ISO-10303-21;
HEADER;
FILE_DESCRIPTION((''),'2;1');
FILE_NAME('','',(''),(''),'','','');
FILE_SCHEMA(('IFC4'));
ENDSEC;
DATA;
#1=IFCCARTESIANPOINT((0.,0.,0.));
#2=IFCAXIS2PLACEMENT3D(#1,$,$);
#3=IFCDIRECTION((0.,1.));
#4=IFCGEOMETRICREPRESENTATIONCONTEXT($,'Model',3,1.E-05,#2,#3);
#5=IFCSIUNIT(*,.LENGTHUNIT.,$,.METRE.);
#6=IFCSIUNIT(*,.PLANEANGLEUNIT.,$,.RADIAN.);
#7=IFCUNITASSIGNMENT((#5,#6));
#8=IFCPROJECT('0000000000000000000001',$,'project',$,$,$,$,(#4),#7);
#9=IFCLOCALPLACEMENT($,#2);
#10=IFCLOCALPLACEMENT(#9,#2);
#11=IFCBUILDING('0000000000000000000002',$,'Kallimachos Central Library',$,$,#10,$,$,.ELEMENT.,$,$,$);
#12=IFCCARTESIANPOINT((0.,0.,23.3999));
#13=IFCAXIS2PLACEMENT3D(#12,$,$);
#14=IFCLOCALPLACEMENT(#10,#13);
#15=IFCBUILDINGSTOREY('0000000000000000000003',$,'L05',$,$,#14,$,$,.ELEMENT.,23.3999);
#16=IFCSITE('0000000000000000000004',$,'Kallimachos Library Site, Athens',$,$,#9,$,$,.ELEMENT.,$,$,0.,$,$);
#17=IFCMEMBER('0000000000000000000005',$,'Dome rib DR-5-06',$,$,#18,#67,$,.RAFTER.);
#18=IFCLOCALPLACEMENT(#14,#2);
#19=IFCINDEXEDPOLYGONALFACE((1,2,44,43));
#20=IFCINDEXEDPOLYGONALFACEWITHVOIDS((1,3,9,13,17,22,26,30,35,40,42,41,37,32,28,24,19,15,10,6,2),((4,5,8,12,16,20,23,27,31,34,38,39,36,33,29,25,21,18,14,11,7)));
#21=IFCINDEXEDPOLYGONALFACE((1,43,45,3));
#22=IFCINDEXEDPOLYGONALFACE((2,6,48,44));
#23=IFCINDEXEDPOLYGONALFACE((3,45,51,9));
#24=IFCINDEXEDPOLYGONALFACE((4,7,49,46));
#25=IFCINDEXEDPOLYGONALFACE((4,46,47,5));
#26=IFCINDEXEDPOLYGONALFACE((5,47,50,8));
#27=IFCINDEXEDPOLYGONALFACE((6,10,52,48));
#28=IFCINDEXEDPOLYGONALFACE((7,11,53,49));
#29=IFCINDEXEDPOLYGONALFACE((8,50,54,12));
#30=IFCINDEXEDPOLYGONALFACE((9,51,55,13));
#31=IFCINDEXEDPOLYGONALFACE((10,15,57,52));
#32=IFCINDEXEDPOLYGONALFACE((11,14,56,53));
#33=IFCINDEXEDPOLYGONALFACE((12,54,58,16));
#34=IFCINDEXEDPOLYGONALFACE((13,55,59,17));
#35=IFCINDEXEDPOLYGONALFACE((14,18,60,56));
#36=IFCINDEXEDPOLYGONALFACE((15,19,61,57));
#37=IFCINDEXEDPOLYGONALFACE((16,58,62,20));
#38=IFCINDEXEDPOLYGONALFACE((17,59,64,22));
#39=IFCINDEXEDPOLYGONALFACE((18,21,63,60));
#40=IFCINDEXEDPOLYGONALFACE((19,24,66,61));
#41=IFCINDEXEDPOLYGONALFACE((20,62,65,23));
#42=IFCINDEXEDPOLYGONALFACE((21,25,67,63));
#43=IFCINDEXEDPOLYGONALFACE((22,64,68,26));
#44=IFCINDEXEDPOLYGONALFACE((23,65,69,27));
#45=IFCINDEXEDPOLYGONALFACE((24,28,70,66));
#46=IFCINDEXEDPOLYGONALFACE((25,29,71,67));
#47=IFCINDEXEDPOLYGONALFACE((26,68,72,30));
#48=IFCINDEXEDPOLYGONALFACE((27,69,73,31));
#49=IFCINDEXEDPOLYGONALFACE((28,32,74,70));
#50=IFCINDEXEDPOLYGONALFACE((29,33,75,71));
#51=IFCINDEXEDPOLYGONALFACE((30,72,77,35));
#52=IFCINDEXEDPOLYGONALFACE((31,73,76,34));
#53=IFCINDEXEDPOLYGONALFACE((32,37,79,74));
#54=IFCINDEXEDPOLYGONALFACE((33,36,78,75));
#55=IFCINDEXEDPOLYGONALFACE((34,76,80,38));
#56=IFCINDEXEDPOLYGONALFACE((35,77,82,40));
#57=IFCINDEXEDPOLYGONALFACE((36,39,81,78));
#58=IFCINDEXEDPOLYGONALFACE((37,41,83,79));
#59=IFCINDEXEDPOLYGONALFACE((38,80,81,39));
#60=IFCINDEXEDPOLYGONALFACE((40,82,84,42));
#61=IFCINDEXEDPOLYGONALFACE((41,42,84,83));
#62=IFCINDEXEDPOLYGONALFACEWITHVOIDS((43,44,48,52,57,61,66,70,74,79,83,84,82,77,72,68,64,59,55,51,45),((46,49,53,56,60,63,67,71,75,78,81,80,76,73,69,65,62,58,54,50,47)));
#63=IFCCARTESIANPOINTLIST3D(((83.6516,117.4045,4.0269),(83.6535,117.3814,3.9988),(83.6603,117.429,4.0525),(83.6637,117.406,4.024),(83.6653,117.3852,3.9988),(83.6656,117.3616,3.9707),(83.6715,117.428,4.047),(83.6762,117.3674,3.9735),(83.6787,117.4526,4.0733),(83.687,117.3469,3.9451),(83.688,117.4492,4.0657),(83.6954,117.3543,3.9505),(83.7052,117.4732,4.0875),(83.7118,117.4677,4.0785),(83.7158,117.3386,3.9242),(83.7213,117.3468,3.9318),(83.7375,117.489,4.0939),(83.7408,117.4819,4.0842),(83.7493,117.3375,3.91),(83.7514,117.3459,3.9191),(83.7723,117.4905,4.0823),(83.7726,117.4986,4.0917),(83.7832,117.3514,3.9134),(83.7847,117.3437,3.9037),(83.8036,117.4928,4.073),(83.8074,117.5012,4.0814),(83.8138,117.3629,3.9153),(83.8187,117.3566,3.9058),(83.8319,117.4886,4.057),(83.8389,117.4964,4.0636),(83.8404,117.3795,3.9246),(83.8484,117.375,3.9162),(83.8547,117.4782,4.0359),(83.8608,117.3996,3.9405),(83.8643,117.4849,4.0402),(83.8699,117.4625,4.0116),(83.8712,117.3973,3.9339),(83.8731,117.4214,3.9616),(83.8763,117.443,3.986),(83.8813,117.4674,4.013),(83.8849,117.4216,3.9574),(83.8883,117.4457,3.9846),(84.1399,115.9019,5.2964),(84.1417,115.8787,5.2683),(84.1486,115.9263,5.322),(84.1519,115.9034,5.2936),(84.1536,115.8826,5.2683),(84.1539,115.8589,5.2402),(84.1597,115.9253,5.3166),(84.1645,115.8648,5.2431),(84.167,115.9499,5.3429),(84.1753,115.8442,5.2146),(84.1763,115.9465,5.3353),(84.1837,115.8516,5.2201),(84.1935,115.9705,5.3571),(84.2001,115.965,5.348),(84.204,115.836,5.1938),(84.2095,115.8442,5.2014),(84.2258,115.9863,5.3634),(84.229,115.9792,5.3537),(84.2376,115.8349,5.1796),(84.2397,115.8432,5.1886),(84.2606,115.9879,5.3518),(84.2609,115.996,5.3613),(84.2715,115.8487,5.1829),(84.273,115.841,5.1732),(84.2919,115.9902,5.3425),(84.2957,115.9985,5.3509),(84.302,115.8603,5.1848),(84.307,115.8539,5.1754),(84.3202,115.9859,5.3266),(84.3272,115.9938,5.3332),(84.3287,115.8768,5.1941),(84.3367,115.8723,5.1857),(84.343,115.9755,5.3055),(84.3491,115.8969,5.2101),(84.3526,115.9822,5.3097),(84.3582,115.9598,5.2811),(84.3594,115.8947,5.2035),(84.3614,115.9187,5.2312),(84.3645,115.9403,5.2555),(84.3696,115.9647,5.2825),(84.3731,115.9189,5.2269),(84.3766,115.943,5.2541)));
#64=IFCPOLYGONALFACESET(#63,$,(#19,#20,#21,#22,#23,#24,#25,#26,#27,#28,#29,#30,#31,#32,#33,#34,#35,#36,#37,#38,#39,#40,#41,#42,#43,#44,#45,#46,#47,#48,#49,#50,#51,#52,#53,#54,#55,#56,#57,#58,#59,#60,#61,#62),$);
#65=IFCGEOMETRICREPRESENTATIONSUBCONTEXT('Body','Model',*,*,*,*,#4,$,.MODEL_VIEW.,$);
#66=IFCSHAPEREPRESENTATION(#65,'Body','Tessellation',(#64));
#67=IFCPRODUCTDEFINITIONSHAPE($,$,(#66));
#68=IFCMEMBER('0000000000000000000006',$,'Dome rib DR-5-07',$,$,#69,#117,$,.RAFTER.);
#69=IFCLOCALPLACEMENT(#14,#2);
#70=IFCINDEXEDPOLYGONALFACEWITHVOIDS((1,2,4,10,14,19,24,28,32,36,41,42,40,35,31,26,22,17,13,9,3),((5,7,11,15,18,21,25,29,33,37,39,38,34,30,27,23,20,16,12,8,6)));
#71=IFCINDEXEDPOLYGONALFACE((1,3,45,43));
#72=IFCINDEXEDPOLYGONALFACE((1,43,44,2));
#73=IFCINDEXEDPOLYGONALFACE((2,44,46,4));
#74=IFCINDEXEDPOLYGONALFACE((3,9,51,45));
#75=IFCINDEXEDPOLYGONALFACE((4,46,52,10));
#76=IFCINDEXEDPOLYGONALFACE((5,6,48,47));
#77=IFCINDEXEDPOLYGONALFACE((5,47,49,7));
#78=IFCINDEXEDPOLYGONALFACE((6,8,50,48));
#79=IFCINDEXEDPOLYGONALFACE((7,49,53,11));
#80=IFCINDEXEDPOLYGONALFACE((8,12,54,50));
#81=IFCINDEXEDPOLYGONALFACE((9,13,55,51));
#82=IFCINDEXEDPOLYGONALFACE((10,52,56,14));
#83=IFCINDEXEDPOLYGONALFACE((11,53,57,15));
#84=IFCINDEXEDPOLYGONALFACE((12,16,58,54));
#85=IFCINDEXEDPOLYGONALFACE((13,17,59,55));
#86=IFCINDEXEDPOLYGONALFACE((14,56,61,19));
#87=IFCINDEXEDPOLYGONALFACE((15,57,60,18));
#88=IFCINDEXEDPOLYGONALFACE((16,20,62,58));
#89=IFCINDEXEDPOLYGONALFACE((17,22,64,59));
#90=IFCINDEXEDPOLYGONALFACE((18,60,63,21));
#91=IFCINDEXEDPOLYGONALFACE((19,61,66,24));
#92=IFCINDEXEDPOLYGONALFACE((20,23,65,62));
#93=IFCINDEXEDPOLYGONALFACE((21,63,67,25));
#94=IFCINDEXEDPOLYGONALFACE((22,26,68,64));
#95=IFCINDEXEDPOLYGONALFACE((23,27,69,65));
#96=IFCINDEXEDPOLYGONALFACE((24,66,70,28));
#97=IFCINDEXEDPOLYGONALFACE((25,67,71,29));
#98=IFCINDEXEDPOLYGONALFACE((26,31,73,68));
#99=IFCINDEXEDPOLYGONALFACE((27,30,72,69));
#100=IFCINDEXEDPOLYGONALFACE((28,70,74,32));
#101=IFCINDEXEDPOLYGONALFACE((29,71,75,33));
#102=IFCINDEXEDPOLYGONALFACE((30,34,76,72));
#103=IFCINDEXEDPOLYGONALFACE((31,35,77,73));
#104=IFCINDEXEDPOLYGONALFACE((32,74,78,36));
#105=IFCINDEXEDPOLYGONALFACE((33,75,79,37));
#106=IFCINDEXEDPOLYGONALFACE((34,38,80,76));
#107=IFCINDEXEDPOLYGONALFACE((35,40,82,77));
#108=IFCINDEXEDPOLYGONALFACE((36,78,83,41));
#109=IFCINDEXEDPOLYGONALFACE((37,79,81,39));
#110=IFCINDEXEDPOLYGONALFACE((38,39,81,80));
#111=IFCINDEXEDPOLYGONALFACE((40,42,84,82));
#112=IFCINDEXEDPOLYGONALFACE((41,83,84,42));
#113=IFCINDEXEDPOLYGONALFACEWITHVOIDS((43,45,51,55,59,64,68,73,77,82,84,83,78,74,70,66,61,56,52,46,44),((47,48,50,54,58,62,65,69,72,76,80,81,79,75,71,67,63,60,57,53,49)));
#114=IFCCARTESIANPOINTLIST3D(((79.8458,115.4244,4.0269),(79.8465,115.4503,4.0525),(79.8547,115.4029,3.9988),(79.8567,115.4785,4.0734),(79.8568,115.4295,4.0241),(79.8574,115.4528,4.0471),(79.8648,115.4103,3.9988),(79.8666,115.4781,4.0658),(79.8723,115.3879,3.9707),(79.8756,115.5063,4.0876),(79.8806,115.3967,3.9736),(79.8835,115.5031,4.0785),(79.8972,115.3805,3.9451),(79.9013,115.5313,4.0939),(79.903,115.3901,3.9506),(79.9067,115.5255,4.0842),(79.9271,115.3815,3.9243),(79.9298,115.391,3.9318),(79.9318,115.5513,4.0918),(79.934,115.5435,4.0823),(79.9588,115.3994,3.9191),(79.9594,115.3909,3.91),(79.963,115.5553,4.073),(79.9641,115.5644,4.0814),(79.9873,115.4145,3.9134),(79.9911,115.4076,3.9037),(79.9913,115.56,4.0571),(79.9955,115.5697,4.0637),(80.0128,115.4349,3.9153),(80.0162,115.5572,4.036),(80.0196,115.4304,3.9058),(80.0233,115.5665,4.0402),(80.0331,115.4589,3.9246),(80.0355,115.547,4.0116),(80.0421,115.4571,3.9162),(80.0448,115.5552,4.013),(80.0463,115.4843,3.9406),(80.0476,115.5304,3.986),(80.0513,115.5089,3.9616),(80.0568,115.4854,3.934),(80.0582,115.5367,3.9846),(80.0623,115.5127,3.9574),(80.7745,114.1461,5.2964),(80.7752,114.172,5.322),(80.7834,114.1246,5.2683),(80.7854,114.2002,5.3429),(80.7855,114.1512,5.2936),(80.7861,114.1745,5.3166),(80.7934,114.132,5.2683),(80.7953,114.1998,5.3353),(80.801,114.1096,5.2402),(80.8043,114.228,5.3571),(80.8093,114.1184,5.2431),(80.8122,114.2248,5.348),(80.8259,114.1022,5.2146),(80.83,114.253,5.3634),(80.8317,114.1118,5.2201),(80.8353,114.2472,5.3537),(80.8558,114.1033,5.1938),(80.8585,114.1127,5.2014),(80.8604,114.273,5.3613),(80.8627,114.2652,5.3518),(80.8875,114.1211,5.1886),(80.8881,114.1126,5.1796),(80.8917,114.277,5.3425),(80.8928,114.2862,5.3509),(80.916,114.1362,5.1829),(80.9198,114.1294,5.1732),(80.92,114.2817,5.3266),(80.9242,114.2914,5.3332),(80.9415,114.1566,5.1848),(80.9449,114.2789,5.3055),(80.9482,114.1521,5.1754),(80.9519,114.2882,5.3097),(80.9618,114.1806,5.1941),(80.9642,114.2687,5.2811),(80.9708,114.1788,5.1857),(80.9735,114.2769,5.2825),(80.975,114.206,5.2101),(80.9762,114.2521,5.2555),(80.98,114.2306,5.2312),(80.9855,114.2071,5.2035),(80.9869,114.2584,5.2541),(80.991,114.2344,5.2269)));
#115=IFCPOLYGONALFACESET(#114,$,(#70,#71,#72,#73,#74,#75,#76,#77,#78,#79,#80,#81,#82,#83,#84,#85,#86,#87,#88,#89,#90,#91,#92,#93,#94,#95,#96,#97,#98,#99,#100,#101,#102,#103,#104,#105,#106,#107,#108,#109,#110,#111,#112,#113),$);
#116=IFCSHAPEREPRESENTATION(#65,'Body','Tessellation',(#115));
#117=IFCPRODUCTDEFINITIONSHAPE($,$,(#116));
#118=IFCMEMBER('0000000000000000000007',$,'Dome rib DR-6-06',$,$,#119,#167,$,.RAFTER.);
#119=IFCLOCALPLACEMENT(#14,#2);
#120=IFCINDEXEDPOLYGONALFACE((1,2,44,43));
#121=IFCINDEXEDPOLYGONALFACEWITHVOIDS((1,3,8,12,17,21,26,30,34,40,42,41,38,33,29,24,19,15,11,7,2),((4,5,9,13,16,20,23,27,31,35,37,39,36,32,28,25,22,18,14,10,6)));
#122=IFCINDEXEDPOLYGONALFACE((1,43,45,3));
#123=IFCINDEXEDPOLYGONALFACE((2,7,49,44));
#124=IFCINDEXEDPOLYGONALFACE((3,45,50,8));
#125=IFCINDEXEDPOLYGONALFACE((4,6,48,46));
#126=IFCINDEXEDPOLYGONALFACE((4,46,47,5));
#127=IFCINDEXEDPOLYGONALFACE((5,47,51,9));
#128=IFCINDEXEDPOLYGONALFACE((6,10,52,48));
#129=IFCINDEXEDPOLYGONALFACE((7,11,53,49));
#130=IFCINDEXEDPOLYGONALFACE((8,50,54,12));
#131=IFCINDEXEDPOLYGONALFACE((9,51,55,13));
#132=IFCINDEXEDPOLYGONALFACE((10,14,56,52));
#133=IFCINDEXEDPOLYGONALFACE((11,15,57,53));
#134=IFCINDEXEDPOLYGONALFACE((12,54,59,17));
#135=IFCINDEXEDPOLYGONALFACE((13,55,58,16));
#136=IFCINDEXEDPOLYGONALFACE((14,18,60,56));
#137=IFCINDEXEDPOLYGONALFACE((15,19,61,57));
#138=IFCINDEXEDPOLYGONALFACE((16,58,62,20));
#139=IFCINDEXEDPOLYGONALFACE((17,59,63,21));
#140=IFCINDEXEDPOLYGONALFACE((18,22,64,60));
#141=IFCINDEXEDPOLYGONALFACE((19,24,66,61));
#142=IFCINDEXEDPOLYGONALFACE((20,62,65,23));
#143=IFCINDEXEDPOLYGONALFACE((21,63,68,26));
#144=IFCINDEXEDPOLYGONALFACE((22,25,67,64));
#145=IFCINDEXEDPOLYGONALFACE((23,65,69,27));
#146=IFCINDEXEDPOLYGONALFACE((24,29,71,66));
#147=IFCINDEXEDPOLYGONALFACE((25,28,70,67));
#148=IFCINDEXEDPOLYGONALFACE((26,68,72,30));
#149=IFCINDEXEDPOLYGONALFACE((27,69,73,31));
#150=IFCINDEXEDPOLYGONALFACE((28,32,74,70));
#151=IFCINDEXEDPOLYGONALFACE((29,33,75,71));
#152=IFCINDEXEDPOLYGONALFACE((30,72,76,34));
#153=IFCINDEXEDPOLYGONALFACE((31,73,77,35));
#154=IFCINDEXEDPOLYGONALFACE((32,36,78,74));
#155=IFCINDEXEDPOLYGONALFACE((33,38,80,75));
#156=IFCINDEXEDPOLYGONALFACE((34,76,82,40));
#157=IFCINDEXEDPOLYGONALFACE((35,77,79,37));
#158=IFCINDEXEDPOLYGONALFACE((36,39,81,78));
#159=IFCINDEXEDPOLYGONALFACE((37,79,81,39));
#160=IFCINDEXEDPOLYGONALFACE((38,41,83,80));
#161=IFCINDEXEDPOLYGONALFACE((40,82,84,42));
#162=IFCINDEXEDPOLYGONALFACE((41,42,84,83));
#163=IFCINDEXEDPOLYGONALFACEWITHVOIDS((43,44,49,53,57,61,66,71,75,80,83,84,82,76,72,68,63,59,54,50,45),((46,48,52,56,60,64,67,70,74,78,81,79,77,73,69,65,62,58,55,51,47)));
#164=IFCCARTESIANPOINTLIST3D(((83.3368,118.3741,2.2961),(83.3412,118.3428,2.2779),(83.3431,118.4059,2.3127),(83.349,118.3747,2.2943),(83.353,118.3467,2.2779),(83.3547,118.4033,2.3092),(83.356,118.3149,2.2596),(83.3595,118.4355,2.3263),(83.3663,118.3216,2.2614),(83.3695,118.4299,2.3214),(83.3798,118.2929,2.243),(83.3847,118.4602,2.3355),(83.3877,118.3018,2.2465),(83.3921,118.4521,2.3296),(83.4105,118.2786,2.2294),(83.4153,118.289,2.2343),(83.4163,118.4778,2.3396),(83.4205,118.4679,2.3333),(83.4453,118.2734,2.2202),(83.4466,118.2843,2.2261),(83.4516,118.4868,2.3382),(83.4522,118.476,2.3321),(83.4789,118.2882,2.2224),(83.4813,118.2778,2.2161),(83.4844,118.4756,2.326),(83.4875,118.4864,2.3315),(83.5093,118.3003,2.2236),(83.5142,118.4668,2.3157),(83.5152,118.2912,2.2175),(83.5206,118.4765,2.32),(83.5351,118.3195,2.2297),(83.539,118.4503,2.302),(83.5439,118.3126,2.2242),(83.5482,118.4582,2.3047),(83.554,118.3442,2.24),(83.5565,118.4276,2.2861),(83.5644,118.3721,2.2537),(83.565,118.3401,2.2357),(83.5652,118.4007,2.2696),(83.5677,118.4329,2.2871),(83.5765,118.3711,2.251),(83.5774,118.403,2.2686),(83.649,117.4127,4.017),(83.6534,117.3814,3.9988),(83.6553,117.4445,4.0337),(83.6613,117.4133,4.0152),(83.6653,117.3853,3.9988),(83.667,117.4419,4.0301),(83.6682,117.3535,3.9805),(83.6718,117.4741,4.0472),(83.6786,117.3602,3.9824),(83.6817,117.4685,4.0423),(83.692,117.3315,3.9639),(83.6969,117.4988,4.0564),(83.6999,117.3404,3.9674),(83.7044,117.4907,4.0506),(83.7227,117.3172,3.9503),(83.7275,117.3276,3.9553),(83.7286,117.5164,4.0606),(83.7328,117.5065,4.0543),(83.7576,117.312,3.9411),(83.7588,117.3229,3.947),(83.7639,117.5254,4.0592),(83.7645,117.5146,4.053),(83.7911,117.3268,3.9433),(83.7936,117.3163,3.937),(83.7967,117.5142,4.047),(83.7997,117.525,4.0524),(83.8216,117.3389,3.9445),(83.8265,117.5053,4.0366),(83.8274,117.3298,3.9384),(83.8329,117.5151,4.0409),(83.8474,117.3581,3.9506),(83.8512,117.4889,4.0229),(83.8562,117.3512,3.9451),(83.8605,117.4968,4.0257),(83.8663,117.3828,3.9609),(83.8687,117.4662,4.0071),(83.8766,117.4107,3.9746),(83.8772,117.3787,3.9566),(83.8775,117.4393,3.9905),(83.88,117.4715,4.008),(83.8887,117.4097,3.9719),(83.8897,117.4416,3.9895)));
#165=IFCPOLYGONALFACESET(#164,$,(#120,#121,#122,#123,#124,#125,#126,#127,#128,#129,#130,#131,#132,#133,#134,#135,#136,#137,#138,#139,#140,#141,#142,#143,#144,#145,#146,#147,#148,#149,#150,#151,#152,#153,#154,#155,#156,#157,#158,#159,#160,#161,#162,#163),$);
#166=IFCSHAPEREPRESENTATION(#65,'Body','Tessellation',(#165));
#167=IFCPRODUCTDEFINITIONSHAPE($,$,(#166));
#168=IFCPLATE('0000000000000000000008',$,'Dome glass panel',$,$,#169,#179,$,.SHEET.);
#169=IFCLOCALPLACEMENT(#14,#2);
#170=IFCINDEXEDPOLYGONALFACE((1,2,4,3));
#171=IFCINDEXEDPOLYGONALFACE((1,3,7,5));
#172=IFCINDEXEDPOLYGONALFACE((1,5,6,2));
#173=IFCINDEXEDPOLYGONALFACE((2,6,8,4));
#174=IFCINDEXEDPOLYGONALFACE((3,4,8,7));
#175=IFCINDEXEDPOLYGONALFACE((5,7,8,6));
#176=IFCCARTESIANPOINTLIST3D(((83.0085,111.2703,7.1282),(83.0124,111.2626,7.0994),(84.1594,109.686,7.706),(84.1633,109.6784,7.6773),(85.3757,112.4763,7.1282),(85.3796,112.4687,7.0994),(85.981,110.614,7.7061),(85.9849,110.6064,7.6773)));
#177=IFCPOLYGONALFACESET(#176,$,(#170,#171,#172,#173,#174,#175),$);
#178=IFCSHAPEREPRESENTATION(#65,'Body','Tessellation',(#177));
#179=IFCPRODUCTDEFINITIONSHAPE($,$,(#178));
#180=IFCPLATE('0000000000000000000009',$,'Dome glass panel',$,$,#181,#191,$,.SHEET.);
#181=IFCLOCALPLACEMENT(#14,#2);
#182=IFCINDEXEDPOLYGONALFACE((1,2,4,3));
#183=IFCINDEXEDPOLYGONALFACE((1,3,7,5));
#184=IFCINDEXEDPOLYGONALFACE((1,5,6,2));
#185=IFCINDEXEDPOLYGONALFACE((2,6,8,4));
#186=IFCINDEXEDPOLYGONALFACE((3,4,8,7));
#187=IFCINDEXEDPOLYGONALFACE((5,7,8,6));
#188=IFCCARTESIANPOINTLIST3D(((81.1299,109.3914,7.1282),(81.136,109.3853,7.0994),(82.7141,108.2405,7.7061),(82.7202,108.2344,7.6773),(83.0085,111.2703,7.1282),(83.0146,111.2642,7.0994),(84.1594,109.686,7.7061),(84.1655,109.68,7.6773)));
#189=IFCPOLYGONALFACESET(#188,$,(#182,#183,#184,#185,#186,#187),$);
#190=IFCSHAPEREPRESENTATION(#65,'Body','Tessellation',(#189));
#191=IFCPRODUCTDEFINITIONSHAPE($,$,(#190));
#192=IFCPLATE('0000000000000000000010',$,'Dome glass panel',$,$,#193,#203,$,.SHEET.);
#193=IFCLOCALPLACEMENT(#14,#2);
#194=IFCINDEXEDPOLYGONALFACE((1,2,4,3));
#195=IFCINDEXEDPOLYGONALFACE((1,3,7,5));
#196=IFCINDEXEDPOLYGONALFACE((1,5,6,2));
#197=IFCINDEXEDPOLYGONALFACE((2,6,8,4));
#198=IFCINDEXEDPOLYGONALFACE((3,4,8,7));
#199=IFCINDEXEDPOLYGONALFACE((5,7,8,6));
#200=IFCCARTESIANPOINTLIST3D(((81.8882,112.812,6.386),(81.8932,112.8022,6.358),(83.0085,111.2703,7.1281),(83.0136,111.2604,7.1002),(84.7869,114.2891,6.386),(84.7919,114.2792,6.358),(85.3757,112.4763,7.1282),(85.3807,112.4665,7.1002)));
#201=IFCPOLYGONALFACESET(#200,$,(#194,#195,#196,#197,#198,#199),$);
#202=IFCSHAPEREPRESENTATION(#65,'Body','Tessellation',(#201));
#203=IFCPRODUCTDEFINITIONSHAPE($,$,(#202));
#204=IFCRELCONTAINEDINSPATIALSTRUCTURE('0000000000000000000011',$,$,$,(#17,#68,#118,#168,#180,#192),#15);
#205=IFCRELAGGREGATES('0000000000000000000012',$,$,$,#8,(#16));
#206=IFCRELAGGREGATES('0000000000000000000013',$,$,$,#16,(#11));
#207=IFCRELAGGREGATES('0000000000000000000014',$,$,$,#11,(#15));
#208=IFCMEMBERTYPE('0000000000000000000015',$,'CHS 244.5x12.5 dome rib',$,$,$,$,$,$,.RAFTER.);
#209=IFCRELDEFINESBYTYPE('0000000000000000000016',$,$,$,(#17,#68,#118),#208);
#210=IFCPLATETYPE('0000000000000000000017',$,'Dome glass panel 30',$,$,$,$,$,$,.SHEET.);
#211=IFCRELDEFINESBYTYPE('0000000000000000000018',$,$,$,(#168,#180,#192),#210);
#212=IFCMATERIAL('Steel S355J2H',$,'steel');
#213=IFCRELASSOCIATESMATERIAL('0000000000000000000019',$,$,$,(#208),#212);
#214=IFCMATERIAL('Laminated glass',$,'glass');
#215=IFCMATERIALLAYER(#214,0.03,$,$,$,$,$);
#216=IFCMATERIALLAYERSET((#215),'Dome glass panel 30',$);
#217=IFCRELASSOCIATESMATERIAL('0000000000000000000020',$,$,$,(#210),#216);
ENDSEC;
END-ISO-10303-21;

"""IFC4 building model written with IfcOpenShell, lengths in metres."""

from ifc_helpers import new_model, si_unit, direction, frame, origin, origin_2d, place, context, subcontext, project, spatial, polyline, hollow_circle, outline, extrude, material, layer, layer_set, material_profile, profile_set, type_object, element, save


model = new_model("IFC4")

# Units and contexts
model_context = context("Model", 3, precision=1e-05, world=origin(), true_north=direction((0.0, 1.0)))
body_context = subcontext(model_context, "Body", "Model", "MODEL_VIEW")
ifc_project = project(units=[si_unit("LENGTHUNIT", "METRE"), si_unit("PLANEANGLEUNIT", "RADIAN")], contexts=[model_context])

# Site, building, storey
site_placement = place(None, origin())
site = spatial("IfcSite", under=ifc_project, at=site_placement, Name="Kallimachos Library Site, Athens", CompositionType="ELEMENT", RefElevation=0.0)
building_placement = place(site_placement, origin())
building = spatial("IfcBuilding", under=site, at=building_placement, Name="Kallimachos Central Library", CompositionType="ELEMENT")
storey_placement = place(building_placement, frame((0.0, 0.0, 23.3999)))
storey = spatial("IfcBuildingStorey", under=building, at=storey_placement, Name="L05", CompositionType="ELEMENT", Elevation=23.3999)

# Members
ifc_material_1 = material(Name="Steel S355J2H", Category="steel")
ifc_material_profile_1 = material_profile(ifc_material_1, hollow_circle(Radius=0.1223, WallThickness=0.0125, at=origin_2d()), Name="CHS 244.5x12.5")
ifc_profile_set_1 = profile_set([ifc_material_profile_1], Name="Steel S355J2H")
member_type_1 = type_object("IfcMemberType", Name="CHS 244.5x12.5 dome rib", PredefinedType="RAFTER", material=ifc_profile_set_1)
for number, where, z_axis, x_axis, name in (
    (1, (84.2581, 115.9165, 5.2683), (-0.240904, 0.741383, -0.626351), (-0.951051, -0.309034, 0.0), "Dome rib DR-5-06"),
    (2, (80.8823, 114.1965, 5.2683), (-0.458193, 0.630678, -0.626342), (-0.80903, -0.587767, 0.0), "Dome rib DR-5-07"),
):
    element("IfcMember", number, at=place(storey_placement, frame(where, z_axis=z_axis, x_axis=x_axis)), inside=storey, type_object=member_type_1, Name=name, PredefinedType="RAFTER", context=body_context, shape_type="SweptSolid", body=[
        extrude(hollow_circle(Radius=0.1223, WallThickness=0.0125, at=origin_2d()), origin(), (0.0, 0.0, 1.0), 2.0269),
    ])
member_1_placement = place(storey_placement, frame((83.7698, 117.4192, 3.9988), z_axis=(-0.156451, 0.481707, -0.862254), x_axis=(-0.951094, -0.3089, 0.0)))
element("IfcMember", 3, at=member_1_placement, inside=storey, type_object=member_type_1, Name="Dome rib DR-6-06", PredefinedType="RAFTER", context=body_context, shape_type="SweptSolid", body=[
    extrude(hollow_circle(Radius=0.1223, WallThickness=0.0125, at=origin_2d()), origin(), (0.0, 0.0, 1.0), 1.9958),
])

# Plates
ifc_material_2 = material(Name="Laminated glass", Category="glass")
ifc_layer = layer(ifc_material_2, 0.03)
ifc_layer_set = layer_set([ifc_layer], Name="Dome glass panel 30")
plate_type = type_object("IfcPlateType", Name="Dome glass panel 30", PredefinedType="SHEET", material=ifc_layer_set)
plate_1_placement = place(storey_placement, frame((85.981, 110.614, 7.7061), z_axis=(-0.129959, 0.255087, 0.958145), x_axis=(-0.296435, 0.912146, -0.283048)))
element("IfcPlate", 4, at=plate_1_placement, inside=storey, type_object=plate_type, Name="Dome glass panel", PredefinedType="SHEET", context=body_context, shape_type="SweptSolid", body=[
    extrude(outline(polyline([(0.0, 0.0), (2.0417, 0.0), (1.6433, 2.6267), (-0.3065, 2.0212), (0.0, 0.0)])), origin(), (0.0, 0.0, -1.0), 0.03),
])
plate_2_placement = place(storey_placement, frame((84.1594, 109.686, 7.7061), z_axis=(-0.202454, 0.202424, 0.958142), x_axis=(-0.563707, 0.775964, -0.283046)))
element("IfcPlate", 5, at=plate_2_placement, inside=storey, type_object=plate_type, Name="Dome glass panel", PredefinedType="SHEET", context=body_context, shape_type="SweptSolid", body=[
    extrude(outline(polyline([(0.0, 0.0), (2.0416, 0.0), (1.6427, 2.6269), (-0.307, 2.021), (0.0, 0.0)])), origin(), (0.0, 0.0, -1.0), 0.03),
])
plate_3_placement = place(storey_placement, frame((85.3757, 112.4763, 7.1282), z_axis=(-0.166521, 0.326814, 0.930303), x_axis=(-0.287896, 0.886251, -0.362871)))
element("IfcPlate", 6, at=plate_3_placement, inside=storey, type_object=plate_type, Name="Dome glass panel", PredefinedType="SHEET", context=body_context, shape_type="SweptSolid", body=[
    extrude(outline(polyline([(0.0, 0.0), (2.0454, 0.0), (1.5709, 3.2185), (-0.3874, 2.6283), (0.0, 0.0)])), origin(), (0.0, 0.0, -1.0), 0.03),
])

save(model, "model.ifc")
